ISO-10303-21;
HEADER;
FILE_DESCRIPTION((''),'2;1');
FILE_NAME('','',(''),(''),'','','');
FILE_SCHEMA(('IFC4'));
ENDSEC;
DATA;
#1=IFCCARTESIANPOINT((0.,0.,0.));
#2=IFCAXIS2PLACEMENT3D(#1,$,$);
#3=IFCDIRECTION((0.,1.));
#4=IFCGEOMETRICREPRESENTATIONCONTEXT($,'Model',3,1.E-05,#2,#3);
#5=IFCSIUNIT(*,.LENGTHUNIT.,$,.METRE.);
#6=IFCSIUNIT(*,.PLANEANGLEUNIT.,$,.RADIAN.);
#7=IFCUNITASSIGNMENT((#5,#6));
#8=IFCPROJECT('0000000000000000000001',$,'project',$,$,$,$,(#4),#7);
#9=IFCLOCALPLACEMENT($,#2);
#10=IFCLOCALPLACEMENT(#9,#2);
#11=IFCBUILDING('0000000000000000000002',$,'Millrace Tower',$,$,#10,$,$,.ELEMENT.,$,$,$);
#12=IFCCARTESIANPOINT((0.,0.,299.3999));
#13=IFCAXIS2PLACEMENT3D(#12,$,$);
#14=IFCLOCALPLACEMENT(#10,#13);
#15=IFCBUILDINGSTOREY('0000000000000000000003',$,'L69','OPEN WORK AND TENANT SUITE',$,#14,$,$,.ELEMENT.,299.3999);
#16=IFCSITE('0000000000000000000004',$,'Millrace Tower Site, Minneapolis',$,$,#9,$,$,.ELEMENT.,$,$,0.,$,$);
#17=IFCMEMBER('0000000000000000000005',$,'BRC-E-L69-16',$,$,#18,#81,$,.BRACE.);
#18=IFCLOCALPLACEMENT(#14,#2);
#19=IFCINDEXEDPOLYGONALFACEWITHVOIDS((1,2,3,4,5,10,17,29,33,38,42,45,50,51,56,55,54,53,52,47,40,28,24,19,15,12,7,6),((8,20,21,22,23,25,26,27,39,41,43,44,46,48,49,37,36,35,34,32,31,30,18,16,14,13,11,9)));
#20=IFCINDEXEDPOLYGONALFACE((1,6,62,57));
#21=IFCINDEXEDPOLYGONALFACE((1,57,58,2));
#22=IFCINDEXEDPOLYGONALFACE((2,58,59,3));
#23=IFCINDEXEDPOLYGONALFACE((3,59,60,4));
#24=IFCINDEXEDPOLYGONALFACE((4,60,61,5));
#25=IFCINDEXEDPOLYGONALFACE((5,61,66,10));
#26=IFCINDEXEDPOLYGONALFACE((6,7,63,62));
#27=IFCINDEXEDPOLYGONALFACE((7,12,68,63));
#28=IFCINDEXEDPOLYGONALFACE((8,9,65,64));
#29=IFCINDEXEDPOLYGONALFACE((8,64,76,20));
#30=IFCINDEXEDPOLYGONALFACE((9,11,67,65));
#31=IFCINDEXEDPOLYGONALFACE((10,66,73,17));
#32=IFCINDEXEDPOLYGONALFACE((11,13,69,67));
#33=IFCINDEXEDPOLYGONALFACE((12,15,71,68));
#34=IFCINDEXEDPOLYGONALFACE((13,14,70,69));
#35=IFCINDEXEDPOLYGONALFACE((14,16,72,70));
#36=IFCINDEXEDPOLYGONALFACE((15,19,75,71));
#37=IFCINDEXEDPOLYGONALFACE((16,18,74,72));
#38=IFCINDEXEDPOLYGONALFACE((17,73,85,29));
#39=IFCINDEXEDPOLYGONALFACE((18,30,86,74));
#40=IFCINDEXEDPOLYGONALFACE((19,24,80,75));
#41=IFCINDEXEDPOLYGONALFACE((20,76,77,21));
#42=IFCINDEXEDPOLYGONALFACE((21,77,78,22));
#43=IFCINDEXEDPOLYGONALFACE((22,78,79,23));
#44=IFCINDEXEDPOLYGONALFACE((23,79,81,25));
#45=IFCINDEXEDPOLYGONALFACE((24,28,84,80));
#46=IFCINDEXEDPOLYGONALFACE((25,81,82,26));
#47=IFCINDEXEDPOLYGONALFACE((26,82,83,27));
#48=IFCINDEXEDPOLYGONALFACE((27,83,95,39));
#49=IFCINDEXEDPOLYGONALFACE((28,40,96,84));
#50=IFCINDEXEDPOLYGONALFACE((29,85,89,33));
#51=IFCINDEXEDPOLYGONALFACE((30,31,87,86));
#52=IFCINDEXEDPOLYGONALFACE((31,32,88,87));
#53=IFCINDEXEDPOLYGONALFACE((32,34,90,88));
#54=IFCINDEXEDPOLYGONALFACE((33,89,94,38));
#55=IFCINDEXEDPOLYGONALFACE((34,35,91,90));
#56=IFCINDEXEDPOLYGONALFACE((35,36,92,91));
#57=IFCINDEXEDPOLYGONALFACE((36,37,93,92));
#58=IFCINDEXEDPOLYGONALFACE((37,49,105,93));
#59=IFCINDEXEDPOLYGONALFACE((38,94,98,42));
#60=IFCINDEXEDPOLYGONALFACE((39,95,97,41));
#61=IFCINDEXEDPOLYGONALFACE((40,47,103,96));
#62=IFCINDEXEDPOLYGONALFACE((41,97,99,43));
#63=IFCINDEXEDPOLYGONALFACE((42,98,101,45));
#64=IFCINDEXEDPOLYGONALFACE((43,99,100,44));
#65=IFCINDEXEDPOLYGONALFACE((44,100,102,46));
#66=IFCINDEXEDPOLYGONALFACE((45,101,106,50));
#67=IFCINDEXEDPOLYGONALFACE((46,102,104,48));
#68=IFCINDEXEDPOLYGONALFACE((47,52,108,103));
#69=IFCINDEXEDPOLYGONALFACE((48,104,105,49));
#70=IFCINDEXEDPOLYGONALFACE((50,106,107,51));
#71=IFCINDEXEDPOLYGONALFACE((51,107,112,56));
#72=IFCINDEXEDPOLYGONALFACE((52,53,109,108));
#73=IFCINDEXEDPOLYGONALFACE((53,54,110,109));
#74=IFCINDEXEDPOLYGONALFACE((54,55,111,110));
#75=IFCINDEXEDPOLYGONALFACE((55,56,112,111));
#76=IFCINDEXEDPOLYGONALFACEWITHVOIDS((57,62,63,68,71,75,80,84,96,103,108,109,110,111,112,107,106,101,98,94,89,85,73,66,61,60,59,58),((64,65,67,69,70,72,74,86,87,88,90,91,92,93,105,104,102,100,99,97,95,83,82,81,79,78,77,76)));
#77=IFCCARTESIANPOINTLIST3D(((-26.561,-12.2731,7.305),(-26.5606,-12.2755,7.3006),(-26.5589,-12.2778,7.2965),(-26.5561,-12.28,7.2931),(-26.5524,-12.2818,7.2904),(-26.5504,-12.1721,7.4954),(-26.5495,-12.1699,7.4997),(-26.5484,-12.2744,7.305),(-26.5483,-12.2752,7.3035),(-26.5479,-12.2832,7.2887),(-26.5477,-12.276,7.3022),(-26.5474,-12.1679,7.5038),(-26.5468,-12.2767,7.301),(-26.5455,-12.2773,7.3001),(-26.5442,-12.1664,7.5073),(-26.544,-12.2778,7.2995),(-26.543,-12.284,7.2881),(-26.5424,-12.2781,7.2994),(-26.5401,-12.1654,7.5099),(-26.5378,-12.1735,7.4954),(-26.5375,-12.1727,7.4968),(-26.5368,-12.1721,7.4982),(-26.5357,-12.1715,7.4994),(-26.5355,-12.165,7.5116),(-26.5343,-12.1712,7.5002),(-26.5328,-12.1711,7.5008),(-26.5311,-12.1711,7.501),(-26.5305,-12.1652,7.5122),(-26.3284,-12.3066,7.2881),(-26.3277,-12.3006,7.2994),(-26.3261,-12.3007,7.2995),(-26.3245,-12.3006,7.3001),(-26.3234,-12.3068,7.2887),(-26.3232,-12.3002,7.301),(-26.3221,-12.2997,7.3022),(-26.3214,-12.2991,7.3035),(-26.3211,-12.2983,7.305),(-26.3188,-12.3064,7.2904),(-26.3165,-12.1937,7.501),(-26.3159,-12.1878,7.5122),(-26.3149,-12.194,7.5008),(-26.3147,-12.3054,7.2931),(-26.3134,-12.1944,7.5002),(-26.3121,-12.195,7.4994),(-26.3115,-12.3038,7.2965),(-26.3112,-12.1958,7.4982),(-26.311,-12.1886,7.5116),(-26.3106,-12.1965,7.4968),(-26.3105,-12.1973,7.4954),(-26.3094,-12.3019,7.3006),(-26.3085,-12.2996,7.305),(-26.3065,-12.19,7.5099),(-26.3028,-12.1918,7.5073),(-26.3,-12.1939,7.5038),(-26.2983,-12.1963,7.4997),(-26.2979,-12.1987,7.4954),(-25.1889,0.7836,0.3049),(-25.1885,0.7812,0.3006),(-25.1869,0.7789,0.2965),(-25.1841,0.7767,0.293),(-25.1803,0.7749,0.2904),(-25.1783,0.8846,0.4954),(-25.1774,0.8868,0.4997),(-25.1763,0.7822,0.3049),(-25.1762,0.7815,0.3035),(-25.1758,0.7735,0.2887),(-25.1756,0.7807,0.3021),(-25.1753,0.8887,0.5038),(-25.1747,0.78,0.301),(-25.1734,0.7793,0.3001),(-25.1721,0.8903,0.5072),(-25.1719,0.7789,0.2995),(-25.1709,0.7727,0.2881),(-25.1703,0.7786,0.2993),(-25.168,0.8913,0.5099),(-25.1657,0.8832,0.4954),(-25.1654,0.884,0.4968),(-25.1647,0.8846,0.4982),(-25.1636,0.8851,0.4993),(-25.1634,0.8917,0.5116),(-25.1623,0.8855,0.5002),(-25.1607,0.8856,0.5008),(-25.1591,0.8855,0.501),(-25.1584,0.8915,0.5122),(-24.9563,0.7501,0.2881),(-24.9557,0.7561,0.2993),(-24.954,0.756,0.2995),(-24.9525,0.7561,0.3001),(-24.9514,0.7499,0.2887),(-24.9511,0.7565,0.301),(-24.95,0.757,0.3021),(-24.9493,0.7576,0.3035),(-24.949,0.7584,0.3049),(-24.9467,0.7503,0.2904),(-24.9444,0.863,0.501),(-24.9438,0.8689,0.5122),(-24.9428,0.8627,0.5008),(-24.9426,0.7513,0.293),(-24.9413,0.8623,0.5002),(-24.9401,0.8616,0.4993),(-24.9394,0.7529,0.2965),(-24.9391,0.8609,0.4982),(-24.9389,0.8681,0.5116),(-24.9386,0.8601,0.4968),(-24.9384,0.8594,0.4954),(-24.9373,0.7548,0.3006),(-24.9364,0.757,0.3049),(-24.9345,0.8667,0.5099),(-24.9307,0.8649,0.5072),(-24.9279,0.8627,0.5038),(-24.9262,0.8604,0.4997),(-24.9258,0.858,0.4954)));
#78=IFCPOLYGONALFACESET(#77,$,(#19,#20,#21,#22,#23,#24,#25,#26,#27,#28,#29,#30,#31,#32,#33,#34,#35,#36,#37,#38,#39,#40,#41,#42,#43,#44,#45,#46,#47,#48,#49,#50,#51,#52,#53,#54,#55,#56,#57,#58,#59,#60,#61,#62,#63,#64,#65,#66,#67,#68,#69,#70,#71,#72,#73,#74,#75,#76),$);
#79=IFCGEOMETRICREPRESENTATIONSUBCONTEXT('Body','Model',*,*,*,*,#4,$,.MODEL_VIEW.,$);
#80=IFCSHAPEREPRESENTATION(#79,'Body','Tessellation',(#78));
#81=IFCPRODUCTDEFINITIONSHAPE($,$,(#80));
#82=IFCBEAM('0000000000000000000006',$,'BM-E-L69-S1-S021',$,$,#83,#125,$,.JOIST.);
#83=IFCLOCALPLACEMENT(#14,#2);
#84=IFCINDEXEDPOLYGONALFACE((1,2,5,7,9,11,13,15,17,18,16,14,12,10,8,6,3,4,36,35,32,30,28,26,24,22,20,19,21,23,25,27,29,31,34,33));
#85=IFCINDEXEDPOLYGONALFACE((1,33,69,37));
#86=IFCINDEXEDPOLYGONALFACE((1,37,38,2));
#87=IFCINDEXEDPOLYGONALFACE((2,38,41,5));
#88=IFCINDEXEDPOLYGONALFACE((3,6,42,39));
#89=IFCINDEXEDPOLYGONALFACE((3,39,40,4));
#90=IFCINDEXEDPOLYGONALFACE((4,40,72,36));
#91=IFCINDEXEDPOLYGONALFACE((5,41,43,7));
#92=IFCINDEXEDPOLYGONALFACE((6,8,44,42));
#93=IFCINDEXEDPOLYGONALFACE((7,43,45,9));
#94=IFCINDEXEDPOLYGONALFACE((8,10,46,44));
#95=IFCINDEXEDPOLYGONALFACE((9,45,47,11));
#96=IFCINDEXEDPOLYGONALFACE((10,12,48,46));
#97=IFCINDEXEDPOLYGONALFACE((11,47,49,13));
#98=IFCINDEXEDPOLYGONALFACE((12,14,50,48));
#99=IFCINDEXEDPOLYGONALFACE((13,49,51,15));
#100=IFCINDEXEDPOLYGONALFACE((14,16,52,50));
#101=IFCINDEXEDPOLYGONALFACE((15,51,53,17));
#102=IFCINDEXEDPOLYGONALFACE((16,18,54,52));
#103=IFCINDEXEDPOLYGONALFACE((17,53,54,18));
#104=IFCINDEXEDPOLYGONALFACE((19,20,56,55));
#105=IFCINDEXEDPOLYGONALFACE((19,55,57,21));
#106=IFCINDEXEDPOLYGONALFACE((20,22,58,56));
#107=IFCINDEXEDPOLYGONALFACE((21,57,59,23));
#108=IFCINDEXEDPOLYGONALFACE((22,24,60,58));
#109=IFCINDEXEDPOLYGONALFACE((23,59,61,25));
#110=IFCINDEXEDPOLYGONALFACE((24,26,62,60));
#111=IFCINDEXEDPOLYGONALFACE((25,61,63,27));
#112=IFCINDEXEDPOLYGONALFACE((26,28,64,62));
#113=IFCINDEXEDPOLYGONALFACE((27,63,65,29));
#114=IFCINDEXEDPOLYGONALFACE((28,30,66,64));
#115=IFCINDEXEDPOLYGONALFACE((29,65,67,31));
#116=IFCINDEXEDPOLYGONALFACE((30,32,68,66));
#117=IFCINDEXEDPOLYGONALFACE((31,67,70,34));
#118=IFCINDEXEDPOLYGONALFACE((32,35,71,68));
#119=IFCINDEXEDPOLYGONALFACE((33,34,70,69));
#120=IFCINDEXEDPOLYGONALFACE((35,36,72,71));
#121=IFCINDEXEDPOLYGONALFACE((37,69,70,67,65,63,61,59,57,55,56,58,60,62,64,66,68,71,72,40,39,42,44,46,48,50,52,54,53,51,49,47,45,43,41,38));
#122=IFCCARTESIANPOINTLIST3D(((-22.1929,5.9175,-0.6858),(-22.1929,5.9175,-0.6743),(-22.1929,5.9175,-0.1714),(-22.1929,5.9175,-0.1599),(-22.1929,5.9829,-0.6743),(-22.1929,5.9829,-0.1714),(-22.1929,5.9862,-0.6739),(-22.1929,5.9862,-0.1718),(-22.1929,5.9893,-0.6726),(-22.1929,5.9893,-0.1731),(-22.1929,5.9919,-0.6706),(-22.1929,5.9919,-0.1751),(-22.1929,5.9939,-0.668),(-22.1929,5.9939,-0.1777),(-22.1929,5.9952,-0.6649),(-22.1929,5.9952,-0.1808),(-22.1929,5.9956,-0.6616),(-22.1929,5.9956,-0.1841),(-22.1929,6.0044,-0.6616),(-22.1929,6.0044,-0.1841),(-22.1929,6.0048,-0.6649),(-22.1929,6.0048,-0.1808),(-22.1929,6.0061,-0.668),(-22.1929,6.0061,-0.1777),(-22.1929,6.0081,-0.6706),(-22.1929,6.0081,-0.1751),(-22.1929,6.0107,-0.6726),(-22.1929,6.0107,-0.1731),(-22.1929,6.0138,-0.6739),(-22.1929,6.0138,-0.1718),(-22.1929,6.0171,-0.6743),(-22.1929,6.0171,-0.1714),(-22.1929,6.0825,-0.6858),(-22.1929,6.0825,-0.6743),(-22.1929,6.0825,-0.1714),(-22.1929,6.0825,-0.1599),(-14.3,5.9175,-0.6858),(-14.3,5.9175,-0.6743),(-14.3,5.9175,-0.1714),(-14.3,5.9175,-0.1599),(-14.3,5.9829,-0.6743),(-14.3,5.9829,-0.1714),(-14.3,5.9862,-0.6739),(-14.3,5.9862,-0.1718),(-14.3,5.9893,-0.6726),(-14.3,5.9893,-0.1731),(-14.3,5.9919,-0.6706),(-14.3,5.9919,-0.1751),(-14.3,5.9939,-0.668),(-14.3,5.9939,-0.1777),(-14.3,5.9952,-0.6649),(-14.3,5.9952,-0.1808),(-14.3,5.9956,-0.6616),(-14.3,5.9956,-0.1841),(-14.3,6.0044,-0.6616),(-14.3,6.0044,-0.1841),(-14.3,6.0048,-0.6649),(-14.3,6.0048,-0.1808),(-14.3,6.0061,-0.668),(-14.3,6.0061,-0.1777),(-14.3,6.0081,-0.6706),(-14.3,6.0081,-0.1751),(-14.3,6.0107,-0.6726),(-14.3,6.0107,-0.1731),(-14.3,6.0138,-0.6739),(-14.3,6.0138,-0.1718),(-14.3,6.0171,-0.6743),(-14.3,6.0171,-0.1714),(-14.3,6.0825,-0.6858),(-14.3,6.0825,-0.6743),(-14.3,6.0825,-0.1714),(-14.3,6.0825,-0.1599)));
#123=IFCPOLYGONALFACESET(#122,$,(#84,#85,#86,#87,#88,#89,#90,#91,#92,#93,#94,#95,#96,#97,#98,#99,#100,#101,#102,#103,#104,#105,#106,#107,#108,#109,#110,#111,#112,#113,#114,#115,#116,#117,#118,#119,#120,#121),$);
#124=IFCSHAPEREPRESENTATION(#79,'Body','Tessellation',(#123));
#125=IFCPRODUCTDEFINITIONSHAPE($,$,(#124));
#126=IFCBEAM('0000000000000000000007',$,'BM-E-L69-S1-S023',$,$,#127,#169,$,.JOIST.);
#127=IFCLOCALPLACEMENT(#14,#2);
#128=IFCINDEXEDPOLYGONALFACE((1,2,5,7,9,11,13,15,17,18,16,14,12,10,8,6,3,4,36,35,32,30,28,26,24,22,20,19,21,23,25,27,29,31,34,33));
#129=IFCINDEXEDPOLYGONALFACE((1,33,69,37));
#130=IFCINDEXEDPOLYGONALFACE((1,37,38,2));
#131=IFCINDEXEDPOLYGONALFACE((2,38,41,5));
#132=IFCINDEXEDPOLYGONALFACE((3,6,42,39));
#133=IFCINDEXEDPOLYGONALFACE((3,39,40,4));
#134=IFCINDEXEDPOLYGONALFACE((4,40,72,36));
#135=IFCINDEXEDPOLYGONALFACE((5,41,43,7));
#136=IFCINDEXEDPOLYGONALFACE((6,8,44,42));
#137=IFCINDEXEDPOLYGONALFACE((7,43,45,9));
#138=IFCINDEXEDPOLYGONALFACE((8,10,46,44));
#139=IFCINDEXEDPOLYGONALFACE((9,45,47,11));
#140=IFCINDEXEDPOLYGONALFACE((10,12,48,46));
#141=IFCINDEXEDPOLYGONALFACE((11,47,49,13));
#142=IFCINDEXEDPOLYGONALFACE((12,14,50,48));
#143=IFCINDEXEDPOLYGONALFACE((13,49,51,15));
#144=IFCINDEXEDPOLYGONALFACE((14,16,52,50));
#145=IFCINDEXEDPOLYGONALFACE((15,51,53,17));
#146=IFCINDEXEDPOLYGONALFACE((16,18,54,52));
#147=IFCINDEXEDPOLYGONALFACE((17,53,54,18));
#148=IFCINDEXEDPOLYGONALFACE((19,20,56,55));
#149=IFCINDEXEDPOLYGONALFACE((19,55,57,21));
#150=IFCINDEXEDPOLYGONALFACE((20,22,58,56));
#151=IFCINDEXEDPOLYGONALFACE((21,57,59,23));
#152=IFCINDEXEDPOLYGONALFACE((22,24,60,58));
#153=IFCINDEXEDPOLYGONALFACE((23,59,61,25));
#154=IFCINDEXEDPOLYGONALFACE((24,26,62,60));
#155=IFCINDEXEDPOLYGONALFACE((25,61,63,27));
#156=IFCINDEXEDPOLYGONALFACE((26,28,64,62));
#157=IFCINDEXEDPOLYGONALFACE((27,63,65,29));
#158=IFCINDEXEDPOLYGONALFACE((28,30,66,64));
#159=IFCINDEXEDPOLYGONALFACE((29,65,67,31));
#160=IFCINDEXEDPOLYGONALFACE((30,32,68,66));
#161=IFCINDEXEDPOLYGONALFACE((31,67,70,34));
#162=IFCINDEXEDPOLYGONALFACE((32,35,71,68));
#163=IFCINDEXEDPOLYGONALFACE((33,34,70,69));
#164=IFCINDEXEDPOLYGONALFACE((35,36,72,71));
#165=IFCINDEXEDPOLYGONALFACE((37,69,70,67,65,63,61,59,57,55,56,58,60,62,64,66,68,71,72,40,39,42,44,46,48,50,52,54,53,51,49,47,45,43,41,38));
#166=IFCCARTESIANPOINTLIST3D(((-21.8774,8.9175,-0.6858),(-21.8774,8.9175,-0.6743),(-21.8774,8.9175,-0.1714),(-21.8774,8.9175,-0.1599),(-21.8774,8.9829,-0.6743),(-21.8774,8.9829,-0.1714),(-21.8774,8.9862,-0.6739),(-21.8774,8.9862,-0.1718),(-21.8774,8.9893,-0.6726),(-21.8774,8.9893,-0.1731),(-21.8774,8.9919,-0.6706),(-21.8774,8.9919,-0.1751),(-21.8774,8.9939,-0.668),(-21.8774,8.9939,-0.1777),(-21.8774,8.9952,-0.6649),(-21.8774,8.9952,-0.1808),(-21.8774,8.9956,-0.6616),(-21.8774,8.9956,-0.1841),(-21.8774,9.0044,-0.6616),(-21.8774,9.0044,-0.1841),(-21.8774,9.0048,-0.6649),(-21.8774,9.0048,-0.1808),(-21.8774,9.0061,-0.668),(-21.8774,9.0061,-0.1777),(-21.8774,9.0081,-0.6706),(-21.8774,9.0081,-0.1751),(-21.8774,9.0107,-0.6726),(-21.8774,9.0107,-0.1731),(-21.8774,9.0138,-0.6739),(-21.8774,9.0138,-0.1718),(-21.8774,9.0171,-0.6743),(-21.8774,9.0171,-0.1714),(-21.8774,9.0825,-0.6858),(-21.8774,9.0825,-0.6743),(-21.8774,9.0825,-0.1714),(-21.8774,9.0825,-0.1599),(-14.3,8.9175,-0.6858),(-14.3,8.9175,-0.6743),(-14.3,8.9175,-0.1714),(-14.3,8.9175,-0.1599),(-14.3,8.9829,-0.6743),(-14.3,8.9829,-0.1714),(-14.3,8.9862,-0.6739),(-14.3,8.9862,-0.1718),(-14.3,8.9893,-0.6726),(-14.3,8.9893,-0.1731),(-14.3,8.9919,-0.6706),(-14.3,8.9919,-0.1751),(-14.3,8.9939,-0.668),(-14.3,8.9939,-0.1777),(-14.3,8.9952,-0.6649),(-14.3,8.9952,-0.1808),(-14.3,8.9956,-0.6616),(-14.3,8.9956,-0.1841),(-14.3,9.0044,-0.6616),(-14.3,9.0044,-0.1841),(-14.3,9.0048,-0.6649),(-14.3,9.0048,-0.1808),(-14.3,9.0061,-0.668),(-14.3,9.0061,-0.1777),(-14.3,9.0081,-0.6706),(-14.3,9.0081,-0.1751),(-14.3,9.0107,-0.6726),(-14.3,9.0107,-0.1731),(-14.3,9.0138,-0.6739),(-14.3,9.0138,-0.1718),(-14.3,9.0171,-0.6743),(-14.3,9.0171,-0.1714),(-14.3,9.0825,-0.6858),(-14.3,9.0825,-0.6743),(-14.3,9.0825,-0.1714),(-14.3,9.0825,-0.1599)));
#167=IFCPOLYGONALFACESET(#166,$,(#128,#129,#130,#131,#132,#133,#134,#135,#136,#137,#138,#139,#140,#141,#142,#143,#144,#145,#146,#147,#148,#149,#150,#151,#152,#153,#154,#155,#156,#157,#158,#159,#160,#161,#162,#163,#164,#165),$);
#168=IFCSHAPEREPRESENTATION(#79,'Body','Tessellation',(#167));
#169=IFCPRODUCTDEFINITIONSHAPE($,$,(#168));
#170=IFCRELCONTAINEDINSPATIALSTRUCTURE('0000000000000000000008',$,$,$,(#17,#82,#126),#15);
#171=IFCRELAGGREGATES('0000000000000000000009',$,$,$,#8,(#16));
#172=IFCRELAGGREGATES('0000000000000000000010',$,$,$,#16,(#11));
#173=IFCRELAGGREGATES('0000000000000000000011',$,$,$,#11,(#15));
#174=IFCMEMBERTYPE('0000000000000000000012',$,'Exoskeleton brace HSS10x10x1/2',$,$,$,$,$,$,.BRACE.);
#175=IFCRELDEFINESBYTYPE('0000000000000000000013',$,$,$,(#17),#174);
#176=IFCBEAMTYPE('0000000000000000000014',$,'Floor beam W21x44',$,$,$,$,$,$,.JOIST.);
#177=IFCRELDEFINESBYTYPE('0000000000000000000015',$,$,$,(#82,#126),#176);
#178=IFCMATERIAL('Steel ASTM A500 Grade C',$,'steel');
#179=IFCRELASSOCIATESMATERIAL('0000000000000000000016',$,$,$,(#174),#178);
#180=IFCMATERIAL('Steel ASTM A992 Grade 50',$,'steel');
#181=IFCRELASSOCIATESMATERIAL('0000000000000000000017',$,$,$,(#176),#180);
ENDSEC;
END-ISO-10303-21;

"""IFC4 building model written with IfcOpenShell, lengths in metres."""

from ifc_helpers import new_model, si_unit, direction, frame, origin, origin_2d, place, context, subcontext, project, spatial, hollow_rectangle, i_section, extrude, material, material_profile, profile_set, type_object, element, save


model = new_model("IFC4")

# Units and contexts
model_context = context("Model", 3, precision=1e-05, world=origin(), true_north=direction((0.0, 1.0)))
body_context = subcontext(model_context, "Body", "Model", "MODEL_VIEW")
ifc_project = project(units=[si_unit("LENGTHUNIT", "METRE"), si_unit("PLANEANGLEUNIT", "RADIAN")], contexts=[model_context])

# Site, building, storey
site_placement = place(None, origin())
site = spatial("IfcSite", under=ifc_project, at=site_placement, Name="Millrace Tower Site, Minneapolis", CompositionType="ELEMENT", RefElevation=0.0)
building_placement = place(site_placement, origin())
building = spatial("IfcBuilding", under=site, at=building_placement, Name="Millrace Tower", CompositionType="ELEMENT")
storey_placement = place(building_placement, frame((0.0, 0.0, 299.3999)))
storey = spatial("IfcBuildingStorey", under=building, at=storey_placement, Name="L69", Description="OPEN WORK AND TENANT SUITE", CompositionType="ELEMENT", Elevation=299.3999)

# Member
ifc_material_1 = material(Name="Steel ASTM A500 Grade C", Category="steel")
ifc_material_profile_1 = material_profile(ifc_material_1, hollow_rectangle(XDim=0.2539, YDim=0.2539, WallThickness=0.0127, InnerFilletRadius=0.0063, OuterFilletRadius=0.019, at=origin_2d()))
ifc_profile_set_1 = profile_set([ifc_material_profile_1], Name="Steel ASTM A500 Grade C")
member_type_1 = type_object("IfcMemberType", Name="Exoskeleton brace HSS10x10x1/2", PredefinedType="BRACE", material=ifc_profile_set_1)
member_1_placement = place(storey_placement, frame((-25.0574, 0.8208, 0.4001), z_axis=(-0.092221, -0.877573, 0.47049), x_axis=(0.994524, -0.104511, 0.0)))
element("IfcMember", 1, at=member_1_placement, inside=storey, type_object=member_type_1, Name="BRC-E-L69-16", PredefinedType="BRACE", context=body_context, shape_type="SweptSolid", body=[
    extrude(hollow_rectangle(XDim=0.2539, YDim=0.2539, WallThickness=0.0127, InnerFilletRadius=0.0063, OuterFilletRadius=0.019, at=origin_2d()), origin(), (0.0, 0.0, 1.0), 14.8782),
])

# Beams
ifc_material_2 = material(Name="Steel ASTM A992 Grade 50", Category="steel")
ifc_material_profile_2 = material_profile(ifc_material_2, i_section(OverallWidth=0.165, OverallDepth=0.5259, WebThickness=0.0088, FlangeThickness=0.0115, FilletRadius=0.0127, at=origin_2d()))
ifc_profile_set_2 = profile_set([ifc_material_profile_2], Name="Steel ASTM A992 Grade 50")
beam_type_1 = type_object("IfcBeamType", Name="Floor beam W21x44", PredefinedType="JOIST", material=ifc_profile_set_2)
beam_1_placement = place(storey_placement, frame((-22.1929, 6.0, -0.4229), z_axis=(1.0, 0.0, 0.0), x_axis=(0.0, 1.0, 0.0)))
element("IfcBeam", 2, at=beam_1_placement, inside=storey, type_object=beam_type_1, Name="BM-E-L69-S1-S021", PredefinedType="JOIST", context=body_context, shape_type="SweptSolid", body=[
    extrude(i_section(OverallWidth=0.165, OverallDepth=0.5259, WebThickness=0.0088, FlangeThickness=0.0115, FilletRadius=0.0127, at=origin_2d()), origin(), (0.0, 0.0, 1.0), 7.8928),
])
beam_2_placement = place(storey_placement, frame((-21.8774, 9.0, -0.4229), z_axis=(1.0, 0.0, 0.0), x_axis=(0.0, 1.0, 0.0)))
element("IfcBeam", 3, at=beam_2_placement, inside=storey, type_object=beam_type_1, Name="BM-E-L69-S1-S023", PredefinedType="JOIST", context=body_context, shape_type="SweptSolid", body=[
    extrude(i_section(OverallWidth=0.165, OverallDepth=0.5259, WebThickness=0.0088, FlangeThickness=0.0115, FilletRadius=0.0127, at=origin_2d()), origin(), (0.0, 0.0, 1.0), 7.5774),
])

save(model, "model.ifc")
